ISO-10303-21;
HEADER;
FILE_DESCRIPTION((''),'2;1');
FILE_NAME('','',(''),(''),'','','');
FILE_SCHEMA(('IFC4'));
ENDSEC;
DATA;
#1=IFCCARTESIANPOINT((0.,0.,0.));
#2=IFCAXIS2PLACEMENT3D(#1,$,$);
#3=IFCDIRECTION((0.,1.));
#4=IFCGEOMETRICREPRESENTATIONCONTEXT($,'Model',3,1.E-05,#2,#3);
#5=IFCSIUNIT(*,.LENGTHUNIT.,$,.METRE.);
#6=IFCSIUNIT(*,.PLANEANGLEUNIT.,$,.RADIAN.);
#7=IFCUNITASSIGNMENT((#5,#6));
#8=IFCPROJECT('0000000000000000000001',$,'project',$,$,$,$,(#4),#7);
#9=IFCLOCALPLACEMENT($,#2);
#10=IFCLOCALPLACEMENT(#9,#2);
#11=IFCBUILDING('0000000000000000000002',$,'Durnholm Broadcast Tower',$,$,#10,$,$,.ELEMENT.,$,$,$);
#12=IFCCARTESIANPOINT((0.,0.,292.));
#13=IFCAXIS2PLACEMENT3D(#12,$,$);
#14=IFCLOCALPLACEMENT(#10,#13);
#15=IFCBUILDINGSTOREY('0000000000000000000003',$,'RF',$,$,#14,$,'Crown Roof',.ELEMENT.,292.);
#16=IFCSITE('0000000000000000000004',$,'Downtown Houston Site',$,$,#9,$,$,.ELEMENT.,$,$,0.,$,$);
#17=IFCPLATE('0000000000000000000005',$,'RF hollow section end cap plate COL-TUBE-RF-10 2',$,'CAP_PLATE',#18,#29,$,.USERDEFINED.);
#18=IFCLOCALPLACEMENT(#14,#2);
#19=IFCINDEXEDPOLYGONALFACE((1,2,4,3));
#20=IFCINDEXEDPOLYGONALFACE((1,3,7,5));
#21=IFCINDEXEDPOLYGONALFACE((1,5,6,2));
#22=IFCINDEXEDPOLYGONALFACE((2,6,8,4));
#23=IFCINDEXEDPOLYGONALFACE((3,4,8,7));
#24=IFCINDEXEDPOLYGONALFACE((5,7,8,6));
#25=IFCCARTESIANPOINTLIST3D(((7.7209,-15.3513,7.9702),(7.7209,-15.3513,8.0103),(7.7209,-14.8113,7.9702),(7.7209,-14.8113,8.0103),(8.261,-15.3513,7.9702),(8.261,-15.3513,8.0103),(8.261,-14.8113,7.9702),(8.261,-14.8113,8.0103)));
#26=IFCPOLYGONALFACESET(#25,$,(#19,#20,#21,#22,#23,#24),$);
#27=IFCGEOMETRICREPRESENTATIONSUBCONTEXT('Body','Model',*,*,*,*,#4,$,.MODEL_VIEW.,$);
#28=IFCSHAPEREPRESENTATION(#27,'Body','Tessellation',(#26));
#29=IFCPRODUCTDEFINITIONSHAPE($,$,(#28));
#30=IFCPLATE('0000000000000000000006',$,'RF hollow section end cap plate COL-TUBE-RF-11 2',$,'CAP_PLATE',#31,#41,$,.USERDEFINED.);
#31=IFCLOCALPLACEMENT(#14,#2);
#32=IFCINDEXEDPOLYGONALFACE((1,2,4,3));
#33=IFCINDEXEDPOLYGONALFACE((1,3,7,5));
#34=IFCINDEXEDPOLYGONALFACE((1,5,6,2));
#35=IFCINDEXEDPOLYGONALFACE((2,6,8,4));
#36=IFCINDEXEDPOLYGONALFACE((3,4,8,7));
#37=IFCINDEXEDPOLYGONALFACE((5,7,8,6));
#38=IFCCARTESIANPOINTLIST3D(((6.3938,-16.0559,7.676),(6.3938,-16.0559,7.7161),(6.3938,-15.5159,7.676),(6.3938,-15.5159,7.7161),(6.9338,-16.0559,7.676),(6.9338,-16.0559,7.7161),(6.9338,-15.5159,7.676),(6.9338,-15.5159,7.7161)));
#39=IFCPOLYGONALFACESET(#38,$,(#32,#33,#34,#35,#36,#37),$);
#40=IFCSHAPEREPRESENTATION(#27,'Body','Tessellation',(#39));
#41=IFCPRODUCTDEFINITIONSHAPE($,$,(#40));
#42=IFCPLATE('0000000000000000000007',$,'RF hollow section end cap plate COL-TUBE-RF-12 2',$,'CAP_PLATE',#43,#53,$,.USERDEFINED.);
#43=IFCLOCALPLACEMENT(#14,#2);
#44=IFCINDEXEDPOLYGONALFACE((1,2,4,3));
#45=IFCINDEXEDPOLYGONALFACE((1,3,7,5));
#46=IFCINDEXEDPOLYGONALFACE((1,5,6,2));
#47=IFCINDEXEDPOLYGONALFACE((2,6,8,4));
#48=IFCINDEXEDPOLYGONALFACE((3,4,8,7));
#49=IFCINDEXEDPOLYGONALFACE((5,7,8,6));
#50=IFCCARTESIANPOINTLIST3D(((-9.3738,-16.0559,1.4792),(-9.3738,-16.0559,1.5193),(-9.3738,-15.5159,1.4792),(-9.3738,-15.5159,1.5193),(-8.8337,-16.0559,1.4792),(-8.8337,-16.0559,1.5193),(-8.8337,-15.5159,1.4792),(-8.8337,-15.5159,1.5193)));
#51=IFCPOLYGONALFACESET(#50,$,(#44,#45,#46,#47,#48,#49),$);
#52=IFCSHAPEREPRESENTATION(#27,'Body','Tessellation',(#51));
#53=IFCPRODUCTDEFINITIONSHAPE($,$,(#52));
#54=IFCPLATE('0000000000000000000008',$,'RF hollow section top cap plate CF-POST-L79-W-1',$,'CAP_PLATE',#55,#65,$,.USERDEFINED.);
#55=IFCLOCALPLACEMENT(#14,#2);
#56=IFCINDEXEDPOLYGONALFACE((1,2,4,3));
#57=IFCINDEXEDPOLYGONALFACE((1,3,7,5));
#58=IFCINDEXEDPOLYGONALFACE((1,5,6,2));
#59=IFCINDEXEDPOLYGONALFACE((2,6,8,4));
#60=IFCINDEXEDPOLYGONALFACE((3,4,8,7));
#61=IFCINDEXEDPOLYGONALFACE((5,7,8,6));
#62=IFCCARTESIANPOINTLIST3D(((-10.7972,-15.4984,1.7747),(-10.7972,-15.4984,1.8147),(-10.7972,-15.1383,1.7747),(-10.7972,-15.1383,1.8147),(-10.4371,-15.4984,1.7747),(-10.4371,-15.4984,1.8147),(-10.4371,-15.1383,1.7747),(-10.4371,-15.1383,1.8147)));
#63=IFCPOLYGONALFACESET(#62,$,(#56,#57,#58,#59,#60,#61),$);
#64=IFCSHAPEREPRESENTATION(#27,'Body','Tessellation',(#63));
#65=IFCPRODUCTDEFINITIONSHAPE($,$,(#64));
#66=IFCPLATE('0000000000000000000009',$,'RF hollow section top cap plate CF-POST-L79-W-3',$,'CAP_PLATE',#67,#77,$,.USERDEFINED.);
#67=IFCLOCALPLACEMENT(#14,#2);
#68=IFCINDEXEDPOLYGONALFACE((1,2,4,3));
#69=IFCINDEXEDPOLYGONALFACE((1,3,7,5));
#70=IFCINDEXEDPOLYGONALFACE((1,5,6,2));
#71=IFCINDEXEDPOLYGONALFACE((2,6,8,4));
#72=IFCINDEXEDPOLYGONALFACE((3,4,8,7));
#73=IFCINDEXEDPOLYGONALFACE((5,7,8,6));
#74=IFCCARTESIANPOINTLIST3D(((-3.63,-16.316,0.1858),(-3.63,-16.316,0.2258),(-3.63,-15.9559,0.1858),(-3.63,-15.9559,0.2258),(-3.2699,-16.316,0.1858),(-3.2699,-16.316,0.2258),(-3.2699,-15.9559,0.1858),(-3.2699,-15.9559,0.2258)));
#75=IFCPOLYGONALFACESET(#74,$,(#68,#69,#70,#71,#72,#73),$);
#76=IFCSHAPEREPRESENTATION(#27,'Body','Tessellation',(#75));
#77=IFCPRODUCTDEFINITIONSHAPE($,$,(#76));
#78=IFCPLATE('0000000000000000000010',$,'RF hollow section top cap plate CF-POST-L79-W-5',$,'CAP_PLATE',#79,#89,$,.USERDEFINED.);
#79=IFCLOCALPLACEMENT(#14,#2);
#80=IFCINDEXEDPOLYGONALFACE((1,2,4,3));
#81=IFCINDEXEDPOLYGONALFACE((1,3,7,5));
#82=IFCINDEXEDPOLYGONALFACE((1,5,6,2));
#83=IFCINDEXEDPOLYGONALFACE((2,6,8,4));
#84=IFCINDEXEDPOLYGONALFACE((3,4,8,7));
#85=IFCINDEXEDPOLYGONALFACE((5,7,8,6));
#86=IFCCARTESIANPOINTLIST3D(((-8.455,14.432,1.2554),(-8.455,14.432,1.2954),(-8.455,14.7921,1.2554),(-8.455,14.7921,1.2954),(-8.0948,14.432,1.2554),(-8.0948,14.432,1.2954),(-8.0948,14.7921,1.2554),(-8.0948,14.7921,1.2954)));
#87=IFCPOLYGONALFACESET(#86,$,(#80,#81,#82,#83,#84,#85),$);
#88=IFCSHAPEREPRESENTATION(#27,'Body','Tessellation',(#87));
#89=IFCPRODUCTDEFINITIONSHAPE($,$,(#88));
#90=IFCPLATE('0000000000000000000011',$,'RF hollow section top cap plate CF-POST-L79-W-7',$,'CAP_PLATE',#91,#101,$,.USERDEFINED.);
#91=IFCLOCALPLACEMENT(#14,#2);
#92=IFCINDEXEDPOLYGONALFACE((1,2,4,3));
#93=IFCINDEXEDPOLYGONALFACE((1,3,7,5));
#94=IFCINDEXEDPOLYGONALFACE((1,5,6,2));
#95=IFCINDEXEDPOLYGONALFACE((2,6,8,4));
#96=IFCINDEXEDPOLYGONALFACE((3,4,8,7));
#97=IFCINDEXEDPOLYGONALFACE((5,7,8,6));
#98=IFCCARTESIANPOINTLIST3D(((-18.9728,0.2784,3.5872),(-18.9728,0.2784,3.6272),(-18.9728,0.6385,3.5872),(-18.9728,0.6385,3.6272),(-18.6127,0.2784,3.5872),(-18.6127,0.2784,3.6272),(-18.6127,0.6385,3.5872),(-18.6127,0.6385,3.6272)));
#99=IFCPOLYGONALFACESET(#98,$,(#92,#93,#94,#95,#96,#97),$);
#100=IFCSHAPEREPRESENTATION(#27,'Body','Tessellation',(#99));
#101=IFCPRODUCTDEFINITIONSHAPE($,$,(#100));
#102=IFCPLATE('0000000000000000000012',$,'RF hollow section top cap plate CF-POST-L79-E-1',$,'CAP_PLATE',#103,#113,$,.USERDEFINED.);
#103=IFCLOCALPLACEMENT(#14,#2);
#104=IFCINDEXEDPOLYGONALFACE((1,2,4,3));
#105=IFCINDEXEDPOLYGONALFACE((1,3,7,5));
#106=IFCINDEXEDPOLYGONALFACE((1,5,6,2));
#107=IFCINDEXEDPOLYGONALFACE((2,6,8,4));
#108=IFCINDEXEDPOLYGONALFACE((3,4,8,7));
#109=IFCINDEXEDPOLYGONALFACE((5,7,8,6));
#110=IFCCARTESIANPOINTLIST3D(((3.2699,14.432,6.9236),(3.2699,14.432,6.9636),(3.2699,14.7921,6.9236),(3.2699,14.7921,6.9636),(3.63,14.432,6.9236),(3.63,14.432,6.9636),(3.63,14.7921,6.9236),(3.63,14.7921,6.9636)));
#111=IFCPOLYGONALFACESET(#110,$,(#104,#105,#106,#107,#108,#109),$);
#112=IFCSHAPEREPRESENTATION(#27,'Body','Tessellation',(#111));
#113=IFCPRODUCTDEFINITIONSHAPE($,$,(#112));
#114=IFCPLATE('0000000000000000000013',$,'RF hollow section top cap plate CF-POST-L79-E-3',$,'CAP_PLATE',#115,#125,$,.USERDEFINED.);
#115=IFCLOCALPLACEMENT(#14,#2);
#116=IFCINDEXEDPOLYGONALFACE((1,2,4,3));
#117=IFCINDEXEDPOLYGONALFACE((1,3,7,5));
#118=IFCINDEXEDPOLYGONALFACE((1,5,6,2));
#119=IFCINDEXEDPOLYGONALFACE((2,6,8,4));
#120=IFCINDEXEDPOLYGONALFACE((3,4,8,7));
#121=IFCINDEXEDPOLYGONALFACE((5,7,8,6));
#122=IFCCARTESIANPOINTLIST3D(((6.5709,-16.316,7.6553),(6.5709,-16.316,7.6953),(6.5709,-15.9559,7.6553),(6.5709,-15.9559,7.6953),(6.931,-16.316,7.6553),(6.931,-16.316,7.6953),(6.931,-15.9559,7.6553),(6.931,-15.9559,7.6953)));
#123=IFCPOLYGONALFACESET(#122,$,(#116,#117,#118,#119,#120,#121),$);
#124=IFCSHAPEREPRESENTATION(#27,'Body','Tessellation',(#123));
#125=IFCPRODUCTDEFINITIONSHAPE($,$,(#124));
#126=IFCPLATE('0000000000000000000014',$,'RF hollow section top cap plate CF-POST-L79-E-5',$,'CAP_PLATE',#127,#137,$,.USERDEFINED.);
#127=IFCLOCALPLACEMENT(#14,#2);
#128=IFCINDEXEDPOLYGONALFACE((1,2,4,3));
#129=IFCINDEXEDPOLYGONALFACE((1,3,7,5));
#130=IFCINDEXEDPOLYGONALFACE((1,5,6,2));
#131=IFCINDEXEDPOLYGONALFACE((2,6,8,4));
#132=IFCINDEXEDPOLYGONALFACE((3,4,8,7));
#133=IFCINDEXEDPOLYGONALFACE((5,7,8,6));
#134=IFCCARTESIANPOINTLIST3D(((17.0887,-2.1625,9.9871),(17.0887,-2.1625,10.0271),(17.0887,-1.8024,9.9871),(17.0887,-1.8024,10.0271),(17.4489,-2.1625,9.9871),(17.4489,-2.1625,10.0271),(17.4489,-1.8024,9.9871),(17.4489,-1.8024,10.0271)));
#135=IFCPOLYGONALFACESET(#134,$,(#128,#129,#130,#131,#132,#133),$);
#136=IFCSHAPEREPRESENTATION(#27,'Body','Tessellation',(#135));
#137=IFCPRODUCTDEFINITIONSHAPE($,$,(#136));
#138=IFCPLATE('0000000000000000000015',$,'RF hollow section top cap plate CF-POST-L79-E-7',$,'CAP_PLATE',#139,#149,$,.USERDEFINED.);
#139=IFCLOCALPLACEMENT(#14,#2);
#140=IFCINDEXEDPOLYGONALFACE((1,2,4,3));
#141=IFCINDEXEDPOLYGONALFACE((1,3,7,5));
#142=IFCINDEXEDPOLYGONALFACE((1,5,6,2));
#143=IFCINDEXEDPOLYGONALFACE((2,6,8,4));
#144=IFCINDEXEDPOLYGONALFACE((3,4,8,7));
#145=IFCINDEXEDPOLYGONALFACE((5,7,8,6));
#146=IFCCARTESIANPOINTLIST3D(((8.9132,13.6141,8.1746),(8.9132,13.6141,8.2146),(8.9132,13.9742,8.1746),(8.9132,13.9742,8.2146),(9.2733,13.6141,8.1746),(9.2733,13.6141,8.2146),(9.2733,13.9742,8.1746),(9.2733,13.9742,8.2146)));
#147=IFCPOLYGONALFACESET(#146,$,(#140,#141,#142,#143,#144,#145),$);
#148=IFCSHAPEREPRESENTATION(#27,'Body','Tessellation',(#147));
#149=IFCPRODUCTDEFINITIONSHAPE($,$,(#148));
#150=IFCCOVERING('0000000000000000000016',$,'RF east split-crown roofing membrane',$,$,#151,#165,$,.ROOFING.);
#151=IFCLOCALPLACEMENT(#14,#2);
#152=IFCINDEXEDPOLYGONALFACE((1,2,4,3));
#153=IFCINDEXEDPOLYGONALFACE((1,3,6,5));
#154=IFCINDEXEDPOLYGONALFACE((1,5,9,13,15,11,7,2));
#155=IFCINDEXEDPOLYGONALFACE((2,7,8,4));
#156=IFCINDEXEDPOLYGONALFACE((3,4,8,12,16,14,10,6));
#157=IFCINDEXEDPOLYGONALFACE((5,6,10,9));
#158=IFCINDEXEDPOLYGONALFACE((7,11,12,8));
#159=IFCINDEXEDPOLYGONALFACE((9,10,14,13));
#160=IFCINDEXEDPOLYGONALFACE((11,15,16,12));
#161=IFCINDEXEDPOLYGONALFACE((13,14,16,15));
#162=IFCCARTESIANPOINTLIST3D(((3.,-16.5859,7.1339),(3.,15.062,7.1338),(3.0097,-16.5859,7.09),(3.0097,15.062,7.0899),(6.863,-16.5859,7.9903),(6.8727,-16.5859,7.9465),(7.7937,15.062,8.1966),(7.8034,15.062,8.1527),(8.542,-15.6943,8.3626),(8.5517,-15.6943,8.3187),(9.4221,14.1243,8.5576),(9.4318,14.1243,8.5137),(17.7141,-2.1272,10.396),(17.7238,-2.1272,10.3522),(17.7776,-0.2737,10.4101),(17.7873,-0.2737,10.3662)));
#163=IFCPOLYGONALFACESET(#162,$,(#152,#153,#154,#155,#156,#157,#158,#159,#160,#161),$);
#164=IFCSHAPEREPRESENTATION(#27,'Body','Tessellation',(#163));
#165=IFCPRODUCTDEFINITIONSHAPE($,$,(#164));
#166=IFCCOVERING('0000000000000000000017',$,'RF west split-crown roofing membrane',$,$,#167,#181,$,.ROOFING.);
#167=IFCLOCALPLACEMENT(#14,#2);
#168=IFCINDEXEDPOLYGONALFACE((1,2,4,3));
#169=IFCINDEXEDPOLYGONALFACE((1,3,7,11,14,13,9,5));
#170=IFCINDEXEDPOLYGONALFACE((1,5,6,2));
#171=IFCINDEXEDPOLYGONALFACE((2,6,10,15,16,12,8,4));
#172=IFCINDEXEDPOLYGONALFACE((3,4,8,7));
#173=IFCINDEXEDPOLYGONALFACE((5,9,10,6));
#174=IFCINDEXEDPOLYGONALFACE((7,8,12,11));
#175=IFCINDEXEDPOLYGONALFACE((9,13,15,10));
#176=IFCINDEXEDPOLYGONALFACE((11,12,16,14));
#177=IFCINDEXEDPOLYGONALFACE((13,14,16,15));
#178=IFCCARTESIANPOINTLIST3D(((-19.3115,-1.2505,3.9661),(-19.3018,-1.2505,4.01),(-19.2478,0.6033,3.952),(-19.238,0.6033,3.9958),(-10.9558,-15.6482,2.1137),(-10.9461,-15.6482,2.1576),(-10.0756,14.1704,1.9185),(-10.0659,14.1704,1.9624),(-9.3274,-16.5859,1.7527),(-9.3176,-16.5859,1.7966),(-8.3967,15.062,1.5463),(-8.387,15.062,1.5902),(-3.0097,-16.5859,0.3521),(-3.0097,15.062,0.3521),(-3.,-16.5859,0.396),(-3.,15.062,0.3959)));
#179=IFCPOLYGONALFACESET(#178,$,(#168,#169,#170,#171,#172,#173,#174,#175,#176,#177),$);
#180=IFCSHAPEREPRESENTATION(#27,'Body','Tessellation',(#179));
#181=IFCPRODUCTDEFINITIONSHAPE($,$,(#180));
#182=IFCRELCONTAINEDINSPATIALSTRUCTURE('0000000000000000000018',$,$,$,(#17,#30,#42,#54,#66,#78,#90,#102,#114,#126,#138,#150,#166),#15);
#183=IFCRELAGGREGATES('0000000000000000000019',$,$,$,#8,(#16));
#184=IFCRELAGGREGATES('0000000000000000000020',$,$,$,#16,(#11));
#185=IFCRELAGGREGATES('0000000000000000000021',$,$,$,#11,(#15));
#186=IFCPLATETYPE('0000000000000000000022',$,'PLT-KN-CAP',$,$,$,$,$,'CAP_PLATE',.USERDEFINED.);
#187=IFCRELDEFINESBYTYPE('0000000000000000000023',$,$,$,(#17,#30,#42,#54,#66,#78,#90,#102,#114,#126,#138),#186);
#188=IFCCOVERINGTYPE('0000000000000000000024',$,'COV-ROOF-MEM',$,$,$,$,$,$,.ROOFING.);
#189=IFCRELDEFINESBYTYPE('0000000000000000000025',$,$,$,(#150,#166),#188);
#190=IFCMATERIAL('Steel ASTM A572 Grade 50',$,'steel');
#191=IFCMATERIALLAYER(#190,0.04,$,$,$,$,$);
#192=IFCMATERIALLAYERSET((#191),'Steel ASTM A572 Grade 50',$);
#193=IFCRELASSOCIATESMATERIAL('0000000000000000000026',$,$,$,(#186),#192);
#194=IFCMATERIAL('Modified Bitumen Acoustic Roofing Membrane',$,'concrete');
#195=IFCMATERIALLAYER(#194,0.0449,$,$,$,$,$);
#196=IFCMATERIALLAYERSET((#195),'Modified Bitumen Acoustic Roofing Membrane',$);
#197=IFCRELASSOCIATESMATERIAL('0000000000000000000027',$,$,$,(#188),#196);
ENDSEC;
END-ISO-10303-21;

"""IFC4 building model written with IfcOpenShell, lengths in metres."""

from ifc_helpers import new_model, si_unit, direction, frame, origin, origin_2d, place, context, subcontext, project, spatial, polyline, rectangle, outline, extrude, source, transform, mapped, material, layer, layer_set, type_object, type_shapes, element, save


model = new_model("IFC4")

# Units and contexts
model_context = context("Model", 3, precision=1e-05, world=origin(), true_north=direction((0.0, 1.0)))
body_context = subcontext(model_context, "Body", "Model", "MODEL_VIEW")
ifc_project = project(units=[si_unit("LENGTHUNIT", "METRE"), si_unit("PLANEANGLEUNIT", "RADIAN")], contexts=[model_context])

# Site, building, storey
site_placement = place(None, origin())
site = spatial("IfcSite", under=ifc_project, at=site_placement, Name="Downtown Houston Site", CompositionType="ELEMENT", RefElevation=0.0)
building_placement = place(site_placement, origin())
building = spatial("IfcBuilding", under=site, at=building_placement, Name="Durnholm Broadcast Tower", CompositionType="ELEMENT")
storey_placement = place(building_placement, frame((0.0, 0.0, 292.0)))
storey = spatial("IfcBuildingStorey", under=building, at=storey_placement, Name="RF", LongName="Crown Roof", CompositionType="ELEMENT", Elevation=292.0)

# Plates
ifc_material_1 = material(Name="Steel ASTM A572 Grade 50", Category="steel")
ifc_layer_1 = layer(ifc_material_1, 0.04)
ifc_layer_set_1 = layer_set([ifc_layer_1], Name="Steel ASTM A572 Grade 50")
plate_type = type_object("IfcPlateType", Name="PLT-KN-CAP", ElementType="CAP_PLATE", PredefinedType="USERDEFINED", material=ifc_layer_set_1)
shared_shape_1 = source(origin(), body_context, "Body", "SweptSolid", [
    extrude(rectangle(XDim=0.54, YDim=0.54, at=origin_2d()), origin(), (0.0, 0.0, 1.0), 0.04),
])
for number, where, z_axis, x_axis, name in (
    (1, (7.991, -15.0813, 7.9702), (0.0, 0.0, 1.0), (1.0, 0.0, 0.0), "RF hollow section end cap plate COL-TUBE-RF-10 2"),
    (2, (6.6638, -15.7859, 7.676), (0.0, 0.0, 1.0), (1.0, 0.0, 0.0), "RF hollow section end cap plate COL-TUBE-RF-11 2"),
    (3, (-9.1038, -15.7859, 1.4792), (0.0, 0.0, 1.0), (1.0, 0.0, 0.0), "RF hollow section end cap plate COL-TUBE-RF-12 2"),
):
    element("IfcPlate", number, at=place(storey_placement, frame(where, z_axis=z_axis, x_axis=x_axis)), inside=storey, type_object=plate_type, Name=name, ObjectType="CAP_PLATE", PredefinedType="USERDEFINED", context=body_context, shape_type="MappedRepresentation", body=[
        mapped(shared_shape_1, transform((0.0, 0.0, 0.0), x_axis=(1.0, 0.0, 0.0), y_axis=(0.0, 1.0, 0.0), z_axis=(0.0, 0.0, 1.0), scale=1.0)),
    ])
shared_shape_2 = source(origin(), body_context, "Body", "SweptSolid", [
    extrude(rectangle(XDim=0.3601, YDim=0.3601, at=origin_2d()), origin(), (0.0, 0.0, 1.0), 0.04),
])
type_shapes(plate_type, [shared_shape_1, shared_shape_2])
for number, where, z_axis, x_axis, name in (
    (4, (-10.6172, -15.3184, 1.7747), (0.0, 0.0, 1.0), (1.0, 0.0, 0.0), "RF hollow section top cap plate CF-POST-L79-W-1"),
    (5, (-3.45, -16.136, 0.1858), (0.0, 0.0, 1.0), (1.0, 0.0, 0.0), "RF hollow section top cap plate CF-POST-L79-W-3"),
    (6, (-8.2749, 14.6121, 1.2554), (0.0, 0.0, 1.0), (1.0, 0.0, 0.0), "RF hollow section top cap plate CF-POST-L79-W-5"),
    (7, (-18.7927, 0.4585, 3.5872), (0.0, 0.0, 1.0), (1.0, 0.0, 0.0), "RF hollow section top cap plate CF-POST-L79-W-7"),
    (8, (3.45, 14.6121, 6.9236), (0.0, 0.0, 1.0), (1.0, 0.0, 0.0), "RF hollow section top cap plate CF-POST-L79-E-1"),
    (9, (6.751, -16.136, 7.6553), (0.0, 0.0, 1.0), (1.0, 0.0, 0.0), "RF hollow section top cap plate CF-POST-L79-E-3"),
    (10, (17.2688, -1.9824, 9.9871), (0.0, 0.0, 1.0), (1.0, 0.0, 0.0), "RF hollow section top cap plate CF-POST-L79-E-5"),
    (11, (9.0933, 13.7942, 8.1746), (0.0, 0.0, 1.0), (1.0, 0.0, 0.0), "RF hollow section top cap plate CF-POST-L79-E-7"),
):
    element("IfcPlate", number, at=place(storey_placement, frame(where, z_axis=z_axis, x_axis=x_axis)), inside=storey, type_object=plate_type, Name=name, ObjectType="CAP_PLATE", PredefinedType="USERDEFINED", context=body_context, shape_type="MappedRepresentation", body=[
        mapped(shared_shape_2, transform((0.0, 0.0, 0.0), x_axis=(1.0, 0.0, 0.0), y_axis=(0.0, 1.0, 0.0), z_axis=(0.0, 0.0, 1.0), scale=1.0)),
    ])

# Coverings
ifc_material_2 = material(Name="Modified Bitumen Acoustic Roofing Membrane", Category="concrete")
ifc_layer_2 = layer(ifc_material_2, 0.0449)
ifc_layer_set_2 = layer_set([ifc_layer_2], Name="Modified Bitumen Acoustic Roofing Membrane")
covering_type = type_object("IfcCoveringType", Name="COV-ROOF-MEM", PredefinedType="ROOFING", material=ifc_layer_set_2)
covering_1_placement = place(storey_placement, frame((3.0, 15.062, 7.1338), z_axis=(-0.216448, 0.000003, 0.976294), x_axis=(-0.000001, -1.0, 0.000003)))
element("IfcCovering", 12, at=covering_1_placement, inside=storey, type_object=covering_type, Name="RF east split-crown roofing membrane", PredefinedType="ROOFING", context=body_context, shape_type="SweptSolid", body=[
    extrude(outline(polyline([(0.0, 0.0), (31.6479, 0.0), (31.6479, 3.9568), (30.7563, 5.6766), (17.1892, 15.0714), (15.3357, 15.1364), (0.9377, 6.5781), (0.0, 4.9101), (0.0, 0.0)])), origin(), (0.0, 0.0, -1.0), 0.0449),
])
covering_2_placement = place(storey_placement, frame((-3.0, -16.5859, 0.396), z_axis=(0.21644, 0.000003, 0.976296), x_axis=(-0.000001, 1.0, -0.000003)))
element("IfcCovering", 13, at=covering_2_placement, inside=storey, type_object=covering_type, Name="RF west split-crown roofing membrane", PredefinedType="ROOFING", context=body_context, shape_type="SweptSolid", body=[
    extrude(outline(polyline([(0.0, 0.0), (31.6479, 0.0), (31.6479, 5.5178), (30.7563, 7.2375), (17.1892, 16.6323), (15.3354, 16.6976), (0.9377, 8.139), (0.0, 6.471), (0.0, 0.0)])), origin(), (0.0, 0.0, -1.0), 0.0449),
])

save(model, "model.ifc")
